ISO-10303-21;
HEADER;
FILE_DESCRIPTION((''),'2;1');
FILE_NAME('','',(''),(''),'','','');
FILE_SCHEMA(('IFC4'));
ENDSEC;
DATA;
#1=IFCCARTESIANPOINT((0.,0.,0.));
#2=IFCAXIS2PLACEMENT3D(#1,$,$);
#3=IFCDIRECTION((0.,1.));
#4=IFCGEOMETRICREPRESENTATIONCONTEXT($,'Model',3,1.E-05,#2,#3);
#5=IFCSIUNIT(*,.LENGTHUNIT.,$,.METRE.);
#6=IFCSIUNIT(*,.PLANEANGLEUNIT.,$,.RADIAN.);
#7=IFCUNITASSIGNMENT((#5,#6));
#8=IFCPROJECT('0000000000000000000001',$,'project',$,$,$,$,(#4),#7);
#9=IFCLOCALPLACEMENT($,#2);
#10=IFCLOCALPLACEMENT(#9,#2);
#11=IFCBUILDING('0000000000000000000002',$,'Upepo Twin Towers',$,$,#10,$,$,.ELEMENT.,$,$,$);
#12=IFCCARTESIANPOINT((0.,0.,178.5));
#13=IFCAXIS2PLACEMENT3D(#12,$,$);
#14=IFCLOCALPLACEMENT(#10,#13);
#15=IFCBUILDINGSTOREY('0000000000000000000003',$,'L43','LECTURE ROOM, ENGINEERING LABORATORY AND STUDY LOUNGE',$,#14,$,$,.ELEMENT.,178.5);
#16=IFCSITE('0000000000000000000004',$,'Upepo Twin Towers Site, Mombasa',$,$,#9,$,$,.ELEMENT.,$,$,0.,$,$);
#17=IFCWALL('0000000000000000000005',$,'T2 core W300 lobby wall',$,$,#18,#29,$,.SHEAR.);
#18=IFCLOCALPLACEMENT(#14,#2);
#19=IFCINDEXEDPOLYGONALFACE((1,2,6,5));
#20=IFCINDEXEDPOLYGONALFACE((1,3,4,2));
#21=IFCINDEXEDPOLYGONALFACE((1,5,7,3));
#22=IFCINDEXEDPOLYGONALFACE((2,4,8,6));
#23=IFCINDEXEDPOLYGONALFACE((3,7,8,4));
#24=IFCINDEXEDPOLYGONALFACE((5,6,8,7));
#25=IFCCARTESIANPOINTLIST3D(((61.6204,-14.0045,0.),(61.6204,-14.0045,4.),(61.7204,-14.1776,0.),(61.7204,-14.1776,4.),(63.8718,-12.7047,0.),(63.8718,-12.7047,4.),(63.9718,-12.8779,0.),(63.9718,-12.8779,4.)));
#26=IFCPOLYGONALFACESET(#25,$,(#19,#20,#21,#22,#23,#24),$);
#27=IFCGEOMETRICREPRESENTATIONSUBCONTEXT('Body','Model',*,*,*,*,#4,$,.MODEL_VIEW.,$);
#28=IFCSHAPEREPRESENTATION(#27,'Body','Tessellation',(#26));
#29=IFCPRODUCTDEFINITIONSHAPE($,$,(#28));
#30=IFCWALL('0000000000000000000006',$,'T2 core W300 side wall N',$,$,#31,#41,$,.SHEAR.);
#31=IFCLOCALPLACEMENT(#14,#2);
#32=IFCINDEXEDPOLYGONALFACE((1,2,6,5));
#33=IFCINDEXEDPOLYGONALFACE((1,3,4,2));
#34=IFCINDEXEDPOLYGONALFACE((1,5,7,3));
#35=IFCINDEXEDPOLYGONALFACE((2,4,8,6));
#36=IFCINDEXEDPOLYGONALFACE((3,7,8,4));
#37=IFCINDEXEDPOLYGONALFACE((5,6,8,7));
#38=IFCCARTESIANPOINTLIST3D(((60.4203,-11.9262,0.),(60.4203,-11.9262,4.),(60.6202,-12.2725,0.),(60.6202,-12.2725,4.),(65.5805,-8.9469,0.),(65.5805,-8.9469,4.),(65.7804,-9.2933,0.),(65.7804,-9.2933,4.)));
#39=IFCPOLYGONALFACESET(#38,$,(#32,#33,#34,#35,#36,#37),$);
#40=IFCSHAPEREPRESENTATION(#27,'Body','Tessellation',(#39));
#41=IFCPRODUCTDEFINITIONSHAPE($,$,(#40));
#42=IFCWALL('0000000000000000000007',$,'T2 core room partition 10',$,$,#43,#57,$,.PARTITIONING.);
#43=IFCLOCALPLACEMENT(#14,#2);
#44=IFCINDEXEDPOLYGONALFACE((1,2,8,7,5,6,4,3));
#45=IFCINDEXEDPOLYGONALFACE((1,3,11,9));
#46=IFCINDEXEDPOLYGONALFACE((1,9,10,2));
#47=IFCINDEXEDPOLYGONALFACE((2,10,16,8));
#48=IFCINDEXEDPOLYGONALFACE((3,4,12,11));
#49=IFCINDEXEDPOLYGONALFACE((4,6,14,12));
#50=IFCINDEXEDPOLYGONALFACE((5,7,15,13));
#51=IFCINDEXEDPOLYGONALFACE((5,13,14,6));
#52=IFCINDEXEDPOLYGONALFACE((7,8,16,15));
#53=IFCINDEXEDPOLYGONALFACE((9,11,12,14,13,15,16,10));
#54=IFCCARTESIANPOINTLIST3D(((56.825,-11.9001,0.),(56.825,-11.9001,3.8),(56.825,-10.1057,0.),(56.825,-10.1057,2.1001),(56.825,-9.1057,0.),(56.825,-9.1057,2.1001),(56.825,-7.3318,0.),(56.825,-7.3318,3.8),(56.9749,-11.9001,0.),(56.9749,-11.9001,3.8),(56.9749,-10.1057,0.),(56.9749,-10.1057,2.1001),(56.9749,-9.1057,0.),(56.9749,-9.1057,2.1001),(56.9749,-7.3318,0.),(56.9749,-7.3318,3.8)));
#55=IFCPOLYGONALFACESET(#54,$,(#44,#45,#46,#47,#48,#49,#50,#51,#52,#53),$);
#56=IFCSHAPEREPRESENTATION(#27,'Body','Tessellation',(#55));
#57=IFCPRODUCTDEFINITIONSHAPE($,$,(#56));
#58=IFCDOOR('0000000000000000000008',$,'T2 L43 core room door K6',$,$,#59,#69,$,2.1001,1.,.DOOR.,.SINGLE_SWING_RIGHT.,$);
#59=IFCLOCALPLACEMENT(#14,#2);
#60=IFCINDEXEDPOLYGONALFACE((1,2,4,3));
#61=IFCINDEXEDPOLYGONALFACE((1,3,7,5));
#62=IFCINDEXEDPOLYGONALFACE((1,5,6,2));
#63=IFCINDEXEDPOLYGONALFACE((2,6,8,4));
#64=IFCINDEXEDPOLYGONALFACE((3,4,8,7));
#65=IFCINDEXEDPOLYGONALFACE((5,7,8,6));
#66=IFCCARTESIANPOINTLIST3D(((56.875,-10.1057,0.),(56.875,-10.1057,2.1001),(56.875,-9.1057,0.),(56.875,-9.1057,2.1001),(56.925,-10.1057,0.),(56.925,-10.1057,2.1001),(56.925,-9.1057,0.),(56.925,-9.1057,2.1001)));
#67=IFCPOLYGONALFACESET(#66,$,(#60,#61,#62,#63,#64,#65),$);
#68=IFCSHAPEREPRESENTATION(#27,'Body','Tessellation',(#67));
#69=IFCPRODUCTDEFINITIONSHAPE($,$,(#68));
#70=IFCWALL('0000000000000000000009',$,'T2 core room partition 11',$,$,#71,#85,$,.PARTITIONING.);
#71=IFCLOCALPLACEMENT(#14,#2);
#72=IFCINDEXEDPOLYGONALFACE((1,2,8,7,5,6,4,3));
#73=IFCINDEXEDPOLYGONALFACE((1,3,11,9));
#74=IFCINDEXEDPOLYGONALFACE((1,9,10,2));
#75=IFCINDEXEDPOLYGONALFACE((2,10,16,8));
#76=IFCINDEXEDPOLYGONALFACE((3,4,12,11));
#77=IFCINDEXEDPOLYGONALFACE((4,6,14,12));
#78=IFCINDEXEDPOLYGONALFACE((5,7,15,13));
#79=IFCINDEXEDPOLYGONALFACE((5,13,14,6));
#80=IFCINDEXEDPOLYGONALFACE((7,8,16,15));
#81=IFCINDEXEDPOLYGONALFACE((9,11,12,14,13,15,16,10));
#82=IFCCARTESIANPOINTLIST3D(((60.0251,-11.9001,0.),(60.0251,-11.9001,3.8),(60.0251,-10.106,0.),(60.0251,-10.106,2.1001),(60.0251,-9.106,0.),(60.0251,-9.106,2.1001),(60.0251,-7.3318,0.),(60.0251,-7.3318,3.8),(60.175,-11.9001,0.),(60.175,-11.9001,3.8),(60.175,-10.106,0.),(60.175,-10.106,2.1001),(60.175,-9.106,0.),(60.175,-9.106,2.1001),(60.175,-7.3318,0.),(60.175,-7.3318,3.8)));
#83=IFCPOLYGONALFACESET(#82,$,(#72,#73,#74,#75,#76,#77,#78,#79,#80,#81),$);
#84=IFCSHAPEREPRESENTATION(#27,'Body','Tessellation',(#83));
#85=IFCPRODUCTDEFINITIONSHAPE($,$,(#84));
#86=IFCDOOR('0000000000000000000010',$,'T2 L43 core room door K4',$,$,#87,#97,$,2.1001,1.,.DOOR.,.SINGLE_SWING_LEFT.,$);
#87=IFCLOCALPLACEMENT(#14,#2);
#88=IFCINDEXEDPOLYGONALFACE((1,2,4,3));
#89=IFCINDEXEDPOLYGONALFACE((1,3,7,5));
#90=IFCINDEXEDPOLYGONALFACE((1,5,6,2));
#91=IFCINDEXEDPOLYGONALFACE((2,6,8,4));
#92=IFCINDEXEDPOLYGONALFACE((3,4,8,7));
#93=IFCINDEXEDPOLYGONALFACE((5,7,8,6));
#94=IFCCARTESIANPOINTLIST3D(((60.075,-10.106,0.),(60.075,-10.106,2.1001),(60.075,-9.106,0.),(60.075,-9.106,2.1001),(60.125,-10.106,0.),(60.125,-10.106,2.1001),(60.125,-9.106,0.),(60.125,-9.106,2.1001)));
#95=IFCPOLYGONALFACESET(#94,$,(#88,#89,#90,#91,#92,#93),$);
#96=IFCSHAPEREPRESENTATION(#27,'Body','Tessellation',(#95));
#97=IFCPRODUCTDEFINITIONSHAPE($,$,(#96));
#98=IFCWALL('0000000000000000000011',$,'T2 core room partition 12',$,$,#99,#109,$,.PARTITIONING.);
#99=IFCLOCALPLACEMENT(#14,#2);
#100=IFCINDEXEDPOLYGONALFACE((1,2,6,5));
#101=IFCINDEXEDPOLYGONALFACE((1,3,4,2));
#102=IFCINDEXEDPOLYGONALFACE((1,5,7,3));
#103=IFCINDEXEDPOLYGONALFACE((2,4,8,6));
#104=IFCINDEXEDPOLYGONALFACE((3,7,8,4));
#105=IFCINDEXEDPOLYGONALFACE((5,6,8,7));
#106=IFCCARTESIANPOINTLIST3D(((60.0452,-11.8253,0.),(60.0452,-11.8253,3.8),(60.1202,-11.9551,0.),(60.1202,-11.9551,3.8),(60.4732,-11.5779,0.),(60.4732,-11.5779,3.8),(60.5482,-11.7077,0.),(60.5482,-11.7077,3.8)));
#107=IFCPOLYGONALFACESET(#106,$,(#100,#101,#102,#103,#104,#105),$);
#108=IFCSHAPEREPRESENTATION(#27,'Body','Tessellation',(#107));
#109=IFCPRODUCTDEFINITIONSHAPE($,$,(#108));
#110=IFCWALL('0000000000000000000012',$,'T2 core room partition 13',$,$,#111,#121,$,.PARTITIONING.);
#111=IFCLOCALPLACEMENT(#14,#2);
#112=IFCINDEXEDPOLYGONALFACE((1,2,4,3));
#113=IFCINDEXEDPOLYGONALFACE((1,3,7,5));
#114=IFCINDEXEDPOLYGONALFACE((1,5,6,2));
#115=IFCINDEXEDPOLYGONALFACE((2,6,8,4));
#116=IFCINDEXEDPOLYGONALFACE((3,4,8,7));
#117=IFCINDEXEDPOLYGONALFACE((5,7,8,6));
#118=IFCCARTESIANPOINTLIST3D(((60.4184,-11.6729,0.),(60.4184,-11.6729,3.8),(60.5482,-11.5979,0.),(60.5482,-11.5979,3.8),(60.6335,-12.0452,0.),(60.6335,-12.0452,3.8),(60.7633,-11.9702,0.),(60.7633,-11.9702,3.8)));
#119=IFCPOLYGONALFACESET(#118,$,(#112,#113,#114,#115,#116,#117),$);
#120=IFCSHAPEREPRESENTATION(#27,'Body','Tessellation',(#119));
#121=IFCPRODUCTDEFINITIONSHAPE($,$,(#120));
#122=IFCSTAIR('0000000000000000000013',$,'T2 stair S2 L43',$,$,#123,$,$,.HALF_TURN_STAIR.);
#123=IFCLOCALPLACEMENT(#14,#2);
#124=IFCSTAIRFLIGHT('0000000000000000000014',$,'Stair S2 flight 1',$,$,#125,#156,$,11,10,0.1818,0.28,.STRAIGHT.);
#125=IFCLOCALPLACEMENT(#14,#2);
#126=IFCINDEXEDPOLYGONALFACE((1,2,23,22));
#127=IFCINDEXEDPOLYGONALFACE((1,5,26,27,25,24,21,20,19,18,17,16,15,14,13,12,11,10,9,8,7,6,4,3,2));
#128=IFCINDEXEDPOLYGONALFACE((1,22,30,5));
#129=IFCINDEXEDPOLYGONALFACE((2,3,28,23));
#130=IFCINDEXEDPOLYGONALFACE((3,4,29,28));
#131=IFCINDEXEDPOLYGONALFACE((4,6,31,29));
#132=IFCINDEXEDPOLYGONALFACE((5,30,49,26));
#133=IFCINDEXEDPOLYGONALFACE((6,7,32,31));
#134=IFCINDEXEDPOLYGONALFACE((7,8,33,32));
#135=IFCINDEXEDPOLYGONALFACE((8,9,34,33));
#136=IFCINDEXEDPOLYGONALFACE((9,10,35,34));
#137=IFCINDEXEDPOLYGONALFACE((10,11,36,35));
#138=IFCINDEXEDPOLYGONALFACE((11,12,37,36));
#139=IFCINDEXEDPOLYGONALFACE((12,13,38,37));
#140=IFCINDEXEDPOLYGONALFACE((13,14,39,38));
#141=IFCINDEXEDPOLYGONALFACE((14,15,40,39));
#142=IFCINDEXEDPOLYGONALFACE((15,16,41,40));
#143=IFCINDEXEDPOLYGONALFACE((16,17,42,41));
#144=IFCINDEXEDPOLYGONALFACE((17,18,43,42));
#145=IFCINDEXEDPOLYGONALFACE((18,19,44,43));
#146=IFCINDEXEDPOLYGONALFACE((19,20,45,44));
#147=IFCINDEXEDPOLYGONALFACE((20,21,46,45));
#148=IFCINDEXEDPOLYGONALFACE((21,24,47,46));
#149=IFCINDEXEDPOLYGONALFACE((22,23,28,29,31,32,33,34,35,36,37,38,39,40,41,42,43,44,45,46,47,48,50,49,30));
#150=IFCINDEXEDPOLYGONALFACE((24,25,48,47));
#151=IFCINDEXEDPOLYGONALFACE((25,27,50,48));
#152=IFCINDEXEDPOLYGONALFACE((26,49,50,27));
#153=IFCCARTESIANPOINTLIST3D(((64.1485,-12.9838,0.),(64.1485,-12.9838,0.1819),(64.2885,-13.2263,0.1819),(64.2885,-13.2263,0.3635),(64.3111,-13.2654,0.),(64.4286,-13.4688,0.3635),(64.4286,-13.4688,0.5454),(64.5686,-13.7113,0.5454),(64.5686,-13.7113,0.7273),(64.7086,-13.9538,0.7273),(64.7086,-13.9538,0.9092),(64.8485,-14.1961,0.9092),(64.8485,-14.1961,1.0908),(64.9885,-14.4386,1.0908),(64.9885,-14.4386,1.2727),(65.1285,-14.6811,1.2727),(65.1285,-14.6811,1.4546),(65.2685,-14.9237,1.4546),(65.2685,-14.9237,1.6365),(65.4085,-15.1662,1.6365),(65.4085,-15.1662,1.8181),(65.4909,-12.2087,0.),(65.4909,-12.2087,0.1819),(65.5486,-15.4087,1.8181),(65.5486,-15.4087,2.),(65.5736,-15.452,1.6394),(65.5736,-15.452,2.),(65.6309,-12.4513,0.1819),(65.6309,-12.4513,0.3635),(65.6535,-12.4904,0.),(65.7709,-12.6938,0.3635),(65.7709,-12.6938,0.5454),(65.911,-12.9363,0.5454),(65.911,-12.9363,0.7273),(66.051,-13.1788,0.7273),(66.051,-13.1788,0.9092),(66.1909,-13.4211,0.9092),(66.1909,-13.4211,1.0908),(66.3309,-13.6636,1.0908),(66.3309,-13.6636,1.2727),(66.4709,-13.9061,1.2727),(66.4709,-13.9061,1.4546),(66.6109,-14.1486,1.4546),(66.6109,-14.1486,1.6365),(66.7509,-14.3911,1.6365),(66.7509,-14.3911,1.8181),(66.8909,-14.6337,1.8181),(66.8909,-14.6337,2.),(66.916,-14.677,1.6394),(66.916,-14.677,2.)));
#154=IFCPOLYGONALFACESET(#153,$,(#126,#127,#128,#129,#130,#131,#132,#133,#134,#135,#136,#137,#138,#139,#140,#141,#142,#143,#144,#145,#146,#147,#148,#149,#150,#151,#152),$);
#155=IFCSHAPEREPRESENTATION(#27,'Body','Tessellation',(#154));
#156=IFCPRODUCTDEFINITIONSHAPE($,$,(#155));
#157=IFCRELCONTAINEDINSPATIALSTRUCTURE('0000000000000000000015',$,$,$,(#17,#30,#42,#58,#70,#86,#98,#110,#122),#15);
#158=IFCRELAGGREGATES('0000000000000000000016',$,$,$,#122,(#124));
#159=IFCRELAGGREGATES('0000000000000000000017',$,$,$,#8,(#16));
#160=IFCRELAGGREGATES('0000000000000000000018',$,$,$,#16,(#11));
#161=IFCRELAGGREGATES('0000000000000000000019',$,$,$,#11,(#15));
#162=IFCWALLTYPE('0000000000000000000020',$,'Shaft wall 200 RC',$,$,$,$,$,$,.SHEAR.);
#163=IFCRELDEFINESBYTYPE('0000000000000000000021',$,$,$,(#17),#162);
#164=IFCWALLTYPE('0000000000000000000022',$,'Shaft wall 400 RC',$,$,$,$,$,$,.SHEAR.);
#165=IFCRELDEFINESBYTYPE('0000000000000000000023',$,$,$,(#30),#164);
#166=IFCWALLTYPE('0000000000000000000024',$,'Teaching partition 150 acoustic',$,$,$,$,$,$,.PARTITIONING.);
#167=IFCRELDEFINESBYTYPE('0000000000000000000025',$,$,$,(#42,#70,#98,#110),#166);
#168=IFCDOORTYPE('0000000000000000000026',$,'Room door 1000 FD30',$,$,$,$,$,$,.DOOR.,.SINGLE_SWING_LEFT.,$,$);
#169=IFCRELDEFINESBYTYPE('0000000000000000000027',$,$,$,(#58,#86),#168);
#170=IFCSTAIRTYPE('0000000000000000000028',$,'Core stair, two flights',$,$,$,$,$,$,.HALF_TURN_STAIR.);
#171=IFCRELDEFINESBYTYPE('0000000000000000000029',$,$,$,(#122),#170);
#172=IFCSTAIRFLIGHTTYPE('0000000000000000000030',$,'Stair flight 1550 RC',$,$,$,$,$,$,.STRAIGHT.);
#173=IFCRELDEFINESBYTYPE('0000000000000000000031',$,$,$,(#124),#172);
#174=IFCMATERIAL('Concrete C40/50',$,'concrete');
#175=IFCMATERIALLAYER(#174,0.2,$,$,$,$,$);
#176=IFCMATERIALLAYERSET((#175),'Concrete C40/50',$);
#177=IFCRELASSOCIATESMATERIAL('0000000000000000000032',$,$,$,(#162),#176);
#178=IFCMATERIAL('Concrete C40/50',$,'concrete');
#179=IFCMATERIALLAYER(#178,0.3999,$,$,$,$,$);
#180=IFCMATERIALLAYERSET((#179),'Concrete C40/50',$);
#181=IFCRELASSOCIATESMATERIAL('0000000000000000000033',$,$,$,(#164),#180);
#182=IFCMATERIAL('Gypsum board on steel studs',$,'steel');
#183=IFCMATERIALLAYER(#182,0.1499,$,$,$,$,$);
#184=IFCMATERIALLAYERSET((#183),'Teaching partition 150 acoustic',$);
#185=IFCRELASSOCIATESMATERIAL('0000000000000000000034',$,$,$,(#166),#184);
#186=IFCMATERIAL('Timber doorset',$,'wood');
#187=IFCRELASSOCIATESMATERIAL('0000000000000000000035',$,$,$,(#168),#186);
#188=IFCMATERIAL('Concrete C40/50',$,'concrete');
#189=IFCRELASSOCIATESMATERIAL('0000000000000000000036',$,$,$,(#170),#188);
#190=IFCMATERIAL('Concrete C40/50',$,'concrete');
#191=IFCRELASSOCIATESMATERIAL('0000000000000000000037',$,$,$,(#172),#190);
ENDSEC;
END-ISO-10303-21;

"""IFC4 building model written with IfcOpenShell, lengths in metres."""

from ifc_helpers import new_model, si_unit, direction, frame, frame_2d, origin, place, context, subcontext, project, spatial, polyline, rectangle, outline, extrude, material, layer, layer_set, type_object, element, fill, aggregate, save


model = new_model("IFC4")

# Units and contexts
model_context = context("Model", 3, precision=1e-05, world=origin(), true_north=direction((0.0, 1.0)))
body_context = subcontext(model_context, "Body", "Model", "MODEL_VIEW")
ifc_project = project(units=[si_unit("LENGTHUNIT", "METRE"), si_unit("PLANEANGLEUNIT", "RADIAN")], contexts=[model_context])

# Site, building, storey
site_placement = place(None, origin())
site = spatial("IfcSite", under=ifc_project, at=site_placement, Name="Upepo Twin Towers Site, Mombasa", CompositionType="ELEMENT", RefElevation=0.0)
building_placement = place(site_placement, origin())
building = spatial("IfcBuilding", under=site, at=building_placement, Name="Upepo Twin Towers", CompositionType="ELEMENT")
storey_placement = place(building_placement, frame((0.0, 0.0, 178.5)))
storey = spatial("IfcBuildingStorey", under=building, at=storey_placement, Name="L43", Description="LECTURE ROOM, ENGINEERING LABORATORY AND STUDY LOUNGE", CompositionType="ELEMENT", Elevation=178.5)

# Walls
ifc_material_1 = material(Name="Concrete C40/50", Category="concrete")
ifc_layer_1 = layer(ifc_material_1, 0.2)
ifc_layer_set_1 = layer_set([ifc_layer_1], Name="Concrete C40/50")
wall_type_1 = type_object("IfcWallType", Name="Shaft wall 200 RC", PredefinedType="SHEAR", material=ifc_layer_set_1)
wall_1_placement = place(storey_placement, frame((61.6704, -14.0911, 0.0), z_axis=(0.0, 0.0, 1.0), x_axis=(0.866039, 0.499977, 0.0)))
element("IfcWall", 1, at=wall_1_placement, inside=storey, type_object=wall_type_1, Name="T2 core W300 lobby wall", PredefinedType="SHEAR", context=body_context, shape_type="SweptSolid", body=[
    extrude(rectangle(XDim=2.5996, YDim=0.2, at=frame_2d((1.2998, 0.0))), origin(), (0.0, 0.0, 1.0), 4.0),
])
ifc_material_2 = material(Name="Concrete C40/50", Category="concrete")
ifc_layer_2 = layer(ifc_material_2, 0.3999)
ifc_layer_set_2 = layer_set([ifc_layer_2], Name="Concrete C40/50")
wall_type_2 = type_object("IfcWallType", Name="Shaft wall 400 RC", PredefinedType="SHEAR", material=ifc_layer_set_2)
wall_2_placement = place(storey_placement, frame((60.5203, -12.0994, 0.0), z_axis=(0.0, 0.0, 1.0), x_axis=(0.866023, 0.500004, 0.0)))
element("IfcWall", 2, at=wall_2_placement, inside=storey, type_object=wall_type_2, Name="T2 core W300 side wall N", PredefinedType="SHEAR", context=body_context, shape_type="SweptSolid", body=[
    extrude(rectangle(XDim=5.9585, YDim=0.3999, at=frame_2d((2.9792, 0.0))), origin(), (0.0, 0.0, 1.0), 4.0),
])

# Walls, openings, doors
ifc_material_3 = material(Name="Gypsum board on steel studs", Category="steel")
ifc_layer_3 = layer(ifc_material_3, 0.1499)
ifc_layer_set_3 = layer_set([ifc_layer_3], Name="Teaching partition 150 acoustic")
wall_type_3 = type_object("IfcWallType", Name="Teaching partition 150 acoustic", PredefinedType="PARTITIONING", material=ifc_layer_set_3)
wall_3_placement = place(storey_placement, frame((56.8999, -11.9001, 0.0), z_axis=(0.0, 0.0, 1.0), x_axis=(0.0, 1.0, 0.0)))
wall_3 = element("IfcWall", 3, at=wall_3_placement, inside=storey, type_object=wall_type_3, Name="T2 core room partition 10", PredefinedType="PARTITIONING", context=body_context, shape_type="SweptSolid", body=[
    extrude(rectangle(XDim=4.5684, YDim=0.1499, at=frame_2d((2.2842, 0.0))), origin(), (0.0, 0.0, 1.0), 3.8),
])
opening_1_placement = place(wall_3_placement, frame((1.7944, 0.0, 0.0)))
opening_1 = element("IfcOpeningElement", 4, at=opening_1_placement, cuts=wall_3, PredefinedType="OPENING", context=body_context, shape_type="SweptSolid", body=[
    extrude(rectangle(XDim=1.0, YDim=2.1001, at=frame_2d((0.5, 1.05))), frame((0.0, 0.085, 0.0), z_axis=(0.0, -1.0, 0.0), x_axis=(1.0, 0.0, 0.0)), (0.0, 0.0, 1.0), 0.1699),
])
ifc_material_4 = material(Name="Timber doorset", Category="wood")
door_type_1 = type_object("IfcDoorType", Name="Room door 1000 FD30", OperationType="SINGLE_SWING_LEFT", PredefinedType="DOOR", material=ifc_material_4)
door_1_placement = place(opening_1_placement, origin())
door_1 = element("IfcDoor", 5, at=door_1_placement, inside=storey, type_object=door_type_1, Name="T2 L43 core room door K6", OperationType="SINGLE_SWING_RIGHT", OverallHeight=2.1001, OverallWidth=1.0, PredefinedType="DOOR", context=body_context, shape_type="SweptSolid", body=[
    extrude(rectangle(XDim=1.0, YDim=2.1001, at=frame_2d((0.5, 1.05))), frame((0.0, 0.0249, 0.0), z_axis=(0.0, -1.0, 0.0), x_axis=(1.0, 0.0, 0.0)), (0.0, 0.0, 1.0), 0.05),
])
fill(opening_1, door_1)
wall_4_placement = place(storey_placement, frame((60.1001, -7.3318, 0.0), z_axis=(0.0, 0.0, 1.0), x_axis=(0.0, -1.0, 0.0)))
wall_4 = element("IfcWall", 6, at=wall_4_placement, inside=storey, type_object=wall_type_3, Name="T2 core room partition 11", PredefinedType="PARTITIONING", context=body_context, shape_type="SweptSolid", body=[
    extrude(rectangle(XDim=4.5684, YDim=0.1499, at=frame_2d((2.2842, 0.0))), origin(), (0.0, 0.0, 1.0), 3.8),
])
opening_2_placement = place(wall_4_placement, frame((1.7742, 0.0, 0.0)))
opening_2 = element("IfcOpeningElement", 7, at=opening_2_placement, cuts=wall_4, PredefinedType="OPENING", context=body_context, shape_type="SweptSolid", body=[
    extrude(rectangle(XDim=1.0, YDim=2.1001, at=frame_2d((0.5, 1.05))), frame((0.0, 0.085, 0.0), z_axis=(0.0, -1.0, 0.0), x_axis=(1.0, 0.0, 0.0)), (0.0, 0.0, 1.0), 0.1699),
])
door_2_placement = place(opening_2_placement, origin())
door_2 = element("IfcDoor", 8, at=door_2_placement, inside=storey, type_object=door_type_1, Name="T2 L43 core room door K4", OperationType="SINGLE_SWING_LEFT", OverallHeight=2.1001, OverallWidth=1.0, PredefinedType="DOOR", context=body_context, shape_type="SweptSolid", body=[
    extrude(rectangle(XDim=1.0, YDim=2.1001, at=frame_2d((0.5, 1.05))), frame((0.0, 0.0249, 0.0), z_axis=(0.0, -1.0, 0.0), x_axis=(1.0, 0.0, 0.0)), (0.0, 0.0, 1.0), 0.05),
])
fill(opening_2, door_2)

# Walls
wall_5_placement = place(storey_placement, frame((60.0828, -11.8901, 0.0), z_axis=(0.0, 0.0, 1.0), x_axis=(0.865832, 0.500335, 0.0)))
element("IfcWall", 9, at=wall_5_placement, inside=storey, type_object=wall_type_3, Name="T2 core room partition 12", PredefinedType="PARTITIONING", context=body_context, shape_type="SweptSolid", body=[
    extrude(rectangle(XDim=0.4944, YDim=0.1499, at=frame_2d((0.2471, 0.0))), origin(), (0.0, 0.0, 1.0), 3.8),
])
wall_6_placement = place(storey_placement, frame((60.4834, -11.6355, 0.0), z_axis=(0.0, 0.0, 1.0), x_axis=(0.50023, -0.865892, 0.0)))
element("IfcWall", 10, at=wall_6_placement, inside=storey, type_object=wall_type_3, Name="T2 core room partition 13", PredefinedType="PARTITIONING", context=body_context, shape_type="SweptSolid", body=[
    extrude(rectangle(XDim=0.4299, YDim=0.1499, at=frame_2d((0.2148, 0.0))), origin(), (0.0, 0.0, 1.0), 3.8),
])

# Stair, stair flight
ifc_material_5 = material(Name="Concrete C40/50", Category="concrete")
stair_type = type_object("IfcStairType", Name="Core stair, two flights", PredefinedType="HALF_TURN_STAIR", material=ifc_material_5)
stair_placement = place(storey_placement, origin())
stair = element("IfcStair", 11, at=stair_placement, inside=storey, type_object=stair_type, Name="T2 stair S2 L43", PredefinedType="HALF_TURN_STAIR")
ifc_material_6 = material(Name="Concrete C40/50", Category="concrete")
stair_flight_type = type_object("IfcStairFlightType", Name="Stair flight 1550 RC", PredefinedType="STRAIGHT", material=ifc_material_6)
stair_flight_1_placement = place(storey_placement, frame((64.8198, -12.5962, 0.0), z_axis=(0.0, 0.0, 1.0), x_axis=(0.5, -0.866025, 0.0)))
stair_flight_1 = element("IfcStairFlight", 12, at=stair_flight_1_placement, type_object=stair_flight_type, Name="Stair S2 flight 1", NumberOfRisers=11, NumberOfTreads=10, PredefinedType="STRAIGHT", RiserHeight=0.1818, TreadLength=0.28, context=body_context, shape_type="SweptSolid", body=[
    extrude(outline(polyline([(0.0, 0.0), (0.0, 0.1819), (0.28, 0.1819), (0.28, 0.3635), (0.5601, 0.3635), (0.5601, 0.5454), (0.8401, 0.5454), (0.8401, 0.7273), (1.1201, 0.7273), (1.1201, 0.9092), (1.3999, 0.9092), (1.3999, 1.0908), (1.6799, 1.0908), (1.6799, 1.2727), (1.96, 1.2727), (1.96, 1.4546), (2.24, 1.4546), (2.24, 1.6365), (2.52, 1.6365), (2.52, 1.8181), (2.8, 1.8181), (2.8, 2.0), (2.8501, 2.0), (2.8501, 1.6394), (0.3252, 0.0), (0.0, 0.0)])), frame((0.0, 0.7749, 0.0), z_axis=(0.0, -1.0, 0.0), x_axis=(1.0, 0.0, 0.0)), (0.0, 0.0, 1.0), 1.55),
])
aggregate(stair, [stair_flight_1])

save(model, "model.ifc")
